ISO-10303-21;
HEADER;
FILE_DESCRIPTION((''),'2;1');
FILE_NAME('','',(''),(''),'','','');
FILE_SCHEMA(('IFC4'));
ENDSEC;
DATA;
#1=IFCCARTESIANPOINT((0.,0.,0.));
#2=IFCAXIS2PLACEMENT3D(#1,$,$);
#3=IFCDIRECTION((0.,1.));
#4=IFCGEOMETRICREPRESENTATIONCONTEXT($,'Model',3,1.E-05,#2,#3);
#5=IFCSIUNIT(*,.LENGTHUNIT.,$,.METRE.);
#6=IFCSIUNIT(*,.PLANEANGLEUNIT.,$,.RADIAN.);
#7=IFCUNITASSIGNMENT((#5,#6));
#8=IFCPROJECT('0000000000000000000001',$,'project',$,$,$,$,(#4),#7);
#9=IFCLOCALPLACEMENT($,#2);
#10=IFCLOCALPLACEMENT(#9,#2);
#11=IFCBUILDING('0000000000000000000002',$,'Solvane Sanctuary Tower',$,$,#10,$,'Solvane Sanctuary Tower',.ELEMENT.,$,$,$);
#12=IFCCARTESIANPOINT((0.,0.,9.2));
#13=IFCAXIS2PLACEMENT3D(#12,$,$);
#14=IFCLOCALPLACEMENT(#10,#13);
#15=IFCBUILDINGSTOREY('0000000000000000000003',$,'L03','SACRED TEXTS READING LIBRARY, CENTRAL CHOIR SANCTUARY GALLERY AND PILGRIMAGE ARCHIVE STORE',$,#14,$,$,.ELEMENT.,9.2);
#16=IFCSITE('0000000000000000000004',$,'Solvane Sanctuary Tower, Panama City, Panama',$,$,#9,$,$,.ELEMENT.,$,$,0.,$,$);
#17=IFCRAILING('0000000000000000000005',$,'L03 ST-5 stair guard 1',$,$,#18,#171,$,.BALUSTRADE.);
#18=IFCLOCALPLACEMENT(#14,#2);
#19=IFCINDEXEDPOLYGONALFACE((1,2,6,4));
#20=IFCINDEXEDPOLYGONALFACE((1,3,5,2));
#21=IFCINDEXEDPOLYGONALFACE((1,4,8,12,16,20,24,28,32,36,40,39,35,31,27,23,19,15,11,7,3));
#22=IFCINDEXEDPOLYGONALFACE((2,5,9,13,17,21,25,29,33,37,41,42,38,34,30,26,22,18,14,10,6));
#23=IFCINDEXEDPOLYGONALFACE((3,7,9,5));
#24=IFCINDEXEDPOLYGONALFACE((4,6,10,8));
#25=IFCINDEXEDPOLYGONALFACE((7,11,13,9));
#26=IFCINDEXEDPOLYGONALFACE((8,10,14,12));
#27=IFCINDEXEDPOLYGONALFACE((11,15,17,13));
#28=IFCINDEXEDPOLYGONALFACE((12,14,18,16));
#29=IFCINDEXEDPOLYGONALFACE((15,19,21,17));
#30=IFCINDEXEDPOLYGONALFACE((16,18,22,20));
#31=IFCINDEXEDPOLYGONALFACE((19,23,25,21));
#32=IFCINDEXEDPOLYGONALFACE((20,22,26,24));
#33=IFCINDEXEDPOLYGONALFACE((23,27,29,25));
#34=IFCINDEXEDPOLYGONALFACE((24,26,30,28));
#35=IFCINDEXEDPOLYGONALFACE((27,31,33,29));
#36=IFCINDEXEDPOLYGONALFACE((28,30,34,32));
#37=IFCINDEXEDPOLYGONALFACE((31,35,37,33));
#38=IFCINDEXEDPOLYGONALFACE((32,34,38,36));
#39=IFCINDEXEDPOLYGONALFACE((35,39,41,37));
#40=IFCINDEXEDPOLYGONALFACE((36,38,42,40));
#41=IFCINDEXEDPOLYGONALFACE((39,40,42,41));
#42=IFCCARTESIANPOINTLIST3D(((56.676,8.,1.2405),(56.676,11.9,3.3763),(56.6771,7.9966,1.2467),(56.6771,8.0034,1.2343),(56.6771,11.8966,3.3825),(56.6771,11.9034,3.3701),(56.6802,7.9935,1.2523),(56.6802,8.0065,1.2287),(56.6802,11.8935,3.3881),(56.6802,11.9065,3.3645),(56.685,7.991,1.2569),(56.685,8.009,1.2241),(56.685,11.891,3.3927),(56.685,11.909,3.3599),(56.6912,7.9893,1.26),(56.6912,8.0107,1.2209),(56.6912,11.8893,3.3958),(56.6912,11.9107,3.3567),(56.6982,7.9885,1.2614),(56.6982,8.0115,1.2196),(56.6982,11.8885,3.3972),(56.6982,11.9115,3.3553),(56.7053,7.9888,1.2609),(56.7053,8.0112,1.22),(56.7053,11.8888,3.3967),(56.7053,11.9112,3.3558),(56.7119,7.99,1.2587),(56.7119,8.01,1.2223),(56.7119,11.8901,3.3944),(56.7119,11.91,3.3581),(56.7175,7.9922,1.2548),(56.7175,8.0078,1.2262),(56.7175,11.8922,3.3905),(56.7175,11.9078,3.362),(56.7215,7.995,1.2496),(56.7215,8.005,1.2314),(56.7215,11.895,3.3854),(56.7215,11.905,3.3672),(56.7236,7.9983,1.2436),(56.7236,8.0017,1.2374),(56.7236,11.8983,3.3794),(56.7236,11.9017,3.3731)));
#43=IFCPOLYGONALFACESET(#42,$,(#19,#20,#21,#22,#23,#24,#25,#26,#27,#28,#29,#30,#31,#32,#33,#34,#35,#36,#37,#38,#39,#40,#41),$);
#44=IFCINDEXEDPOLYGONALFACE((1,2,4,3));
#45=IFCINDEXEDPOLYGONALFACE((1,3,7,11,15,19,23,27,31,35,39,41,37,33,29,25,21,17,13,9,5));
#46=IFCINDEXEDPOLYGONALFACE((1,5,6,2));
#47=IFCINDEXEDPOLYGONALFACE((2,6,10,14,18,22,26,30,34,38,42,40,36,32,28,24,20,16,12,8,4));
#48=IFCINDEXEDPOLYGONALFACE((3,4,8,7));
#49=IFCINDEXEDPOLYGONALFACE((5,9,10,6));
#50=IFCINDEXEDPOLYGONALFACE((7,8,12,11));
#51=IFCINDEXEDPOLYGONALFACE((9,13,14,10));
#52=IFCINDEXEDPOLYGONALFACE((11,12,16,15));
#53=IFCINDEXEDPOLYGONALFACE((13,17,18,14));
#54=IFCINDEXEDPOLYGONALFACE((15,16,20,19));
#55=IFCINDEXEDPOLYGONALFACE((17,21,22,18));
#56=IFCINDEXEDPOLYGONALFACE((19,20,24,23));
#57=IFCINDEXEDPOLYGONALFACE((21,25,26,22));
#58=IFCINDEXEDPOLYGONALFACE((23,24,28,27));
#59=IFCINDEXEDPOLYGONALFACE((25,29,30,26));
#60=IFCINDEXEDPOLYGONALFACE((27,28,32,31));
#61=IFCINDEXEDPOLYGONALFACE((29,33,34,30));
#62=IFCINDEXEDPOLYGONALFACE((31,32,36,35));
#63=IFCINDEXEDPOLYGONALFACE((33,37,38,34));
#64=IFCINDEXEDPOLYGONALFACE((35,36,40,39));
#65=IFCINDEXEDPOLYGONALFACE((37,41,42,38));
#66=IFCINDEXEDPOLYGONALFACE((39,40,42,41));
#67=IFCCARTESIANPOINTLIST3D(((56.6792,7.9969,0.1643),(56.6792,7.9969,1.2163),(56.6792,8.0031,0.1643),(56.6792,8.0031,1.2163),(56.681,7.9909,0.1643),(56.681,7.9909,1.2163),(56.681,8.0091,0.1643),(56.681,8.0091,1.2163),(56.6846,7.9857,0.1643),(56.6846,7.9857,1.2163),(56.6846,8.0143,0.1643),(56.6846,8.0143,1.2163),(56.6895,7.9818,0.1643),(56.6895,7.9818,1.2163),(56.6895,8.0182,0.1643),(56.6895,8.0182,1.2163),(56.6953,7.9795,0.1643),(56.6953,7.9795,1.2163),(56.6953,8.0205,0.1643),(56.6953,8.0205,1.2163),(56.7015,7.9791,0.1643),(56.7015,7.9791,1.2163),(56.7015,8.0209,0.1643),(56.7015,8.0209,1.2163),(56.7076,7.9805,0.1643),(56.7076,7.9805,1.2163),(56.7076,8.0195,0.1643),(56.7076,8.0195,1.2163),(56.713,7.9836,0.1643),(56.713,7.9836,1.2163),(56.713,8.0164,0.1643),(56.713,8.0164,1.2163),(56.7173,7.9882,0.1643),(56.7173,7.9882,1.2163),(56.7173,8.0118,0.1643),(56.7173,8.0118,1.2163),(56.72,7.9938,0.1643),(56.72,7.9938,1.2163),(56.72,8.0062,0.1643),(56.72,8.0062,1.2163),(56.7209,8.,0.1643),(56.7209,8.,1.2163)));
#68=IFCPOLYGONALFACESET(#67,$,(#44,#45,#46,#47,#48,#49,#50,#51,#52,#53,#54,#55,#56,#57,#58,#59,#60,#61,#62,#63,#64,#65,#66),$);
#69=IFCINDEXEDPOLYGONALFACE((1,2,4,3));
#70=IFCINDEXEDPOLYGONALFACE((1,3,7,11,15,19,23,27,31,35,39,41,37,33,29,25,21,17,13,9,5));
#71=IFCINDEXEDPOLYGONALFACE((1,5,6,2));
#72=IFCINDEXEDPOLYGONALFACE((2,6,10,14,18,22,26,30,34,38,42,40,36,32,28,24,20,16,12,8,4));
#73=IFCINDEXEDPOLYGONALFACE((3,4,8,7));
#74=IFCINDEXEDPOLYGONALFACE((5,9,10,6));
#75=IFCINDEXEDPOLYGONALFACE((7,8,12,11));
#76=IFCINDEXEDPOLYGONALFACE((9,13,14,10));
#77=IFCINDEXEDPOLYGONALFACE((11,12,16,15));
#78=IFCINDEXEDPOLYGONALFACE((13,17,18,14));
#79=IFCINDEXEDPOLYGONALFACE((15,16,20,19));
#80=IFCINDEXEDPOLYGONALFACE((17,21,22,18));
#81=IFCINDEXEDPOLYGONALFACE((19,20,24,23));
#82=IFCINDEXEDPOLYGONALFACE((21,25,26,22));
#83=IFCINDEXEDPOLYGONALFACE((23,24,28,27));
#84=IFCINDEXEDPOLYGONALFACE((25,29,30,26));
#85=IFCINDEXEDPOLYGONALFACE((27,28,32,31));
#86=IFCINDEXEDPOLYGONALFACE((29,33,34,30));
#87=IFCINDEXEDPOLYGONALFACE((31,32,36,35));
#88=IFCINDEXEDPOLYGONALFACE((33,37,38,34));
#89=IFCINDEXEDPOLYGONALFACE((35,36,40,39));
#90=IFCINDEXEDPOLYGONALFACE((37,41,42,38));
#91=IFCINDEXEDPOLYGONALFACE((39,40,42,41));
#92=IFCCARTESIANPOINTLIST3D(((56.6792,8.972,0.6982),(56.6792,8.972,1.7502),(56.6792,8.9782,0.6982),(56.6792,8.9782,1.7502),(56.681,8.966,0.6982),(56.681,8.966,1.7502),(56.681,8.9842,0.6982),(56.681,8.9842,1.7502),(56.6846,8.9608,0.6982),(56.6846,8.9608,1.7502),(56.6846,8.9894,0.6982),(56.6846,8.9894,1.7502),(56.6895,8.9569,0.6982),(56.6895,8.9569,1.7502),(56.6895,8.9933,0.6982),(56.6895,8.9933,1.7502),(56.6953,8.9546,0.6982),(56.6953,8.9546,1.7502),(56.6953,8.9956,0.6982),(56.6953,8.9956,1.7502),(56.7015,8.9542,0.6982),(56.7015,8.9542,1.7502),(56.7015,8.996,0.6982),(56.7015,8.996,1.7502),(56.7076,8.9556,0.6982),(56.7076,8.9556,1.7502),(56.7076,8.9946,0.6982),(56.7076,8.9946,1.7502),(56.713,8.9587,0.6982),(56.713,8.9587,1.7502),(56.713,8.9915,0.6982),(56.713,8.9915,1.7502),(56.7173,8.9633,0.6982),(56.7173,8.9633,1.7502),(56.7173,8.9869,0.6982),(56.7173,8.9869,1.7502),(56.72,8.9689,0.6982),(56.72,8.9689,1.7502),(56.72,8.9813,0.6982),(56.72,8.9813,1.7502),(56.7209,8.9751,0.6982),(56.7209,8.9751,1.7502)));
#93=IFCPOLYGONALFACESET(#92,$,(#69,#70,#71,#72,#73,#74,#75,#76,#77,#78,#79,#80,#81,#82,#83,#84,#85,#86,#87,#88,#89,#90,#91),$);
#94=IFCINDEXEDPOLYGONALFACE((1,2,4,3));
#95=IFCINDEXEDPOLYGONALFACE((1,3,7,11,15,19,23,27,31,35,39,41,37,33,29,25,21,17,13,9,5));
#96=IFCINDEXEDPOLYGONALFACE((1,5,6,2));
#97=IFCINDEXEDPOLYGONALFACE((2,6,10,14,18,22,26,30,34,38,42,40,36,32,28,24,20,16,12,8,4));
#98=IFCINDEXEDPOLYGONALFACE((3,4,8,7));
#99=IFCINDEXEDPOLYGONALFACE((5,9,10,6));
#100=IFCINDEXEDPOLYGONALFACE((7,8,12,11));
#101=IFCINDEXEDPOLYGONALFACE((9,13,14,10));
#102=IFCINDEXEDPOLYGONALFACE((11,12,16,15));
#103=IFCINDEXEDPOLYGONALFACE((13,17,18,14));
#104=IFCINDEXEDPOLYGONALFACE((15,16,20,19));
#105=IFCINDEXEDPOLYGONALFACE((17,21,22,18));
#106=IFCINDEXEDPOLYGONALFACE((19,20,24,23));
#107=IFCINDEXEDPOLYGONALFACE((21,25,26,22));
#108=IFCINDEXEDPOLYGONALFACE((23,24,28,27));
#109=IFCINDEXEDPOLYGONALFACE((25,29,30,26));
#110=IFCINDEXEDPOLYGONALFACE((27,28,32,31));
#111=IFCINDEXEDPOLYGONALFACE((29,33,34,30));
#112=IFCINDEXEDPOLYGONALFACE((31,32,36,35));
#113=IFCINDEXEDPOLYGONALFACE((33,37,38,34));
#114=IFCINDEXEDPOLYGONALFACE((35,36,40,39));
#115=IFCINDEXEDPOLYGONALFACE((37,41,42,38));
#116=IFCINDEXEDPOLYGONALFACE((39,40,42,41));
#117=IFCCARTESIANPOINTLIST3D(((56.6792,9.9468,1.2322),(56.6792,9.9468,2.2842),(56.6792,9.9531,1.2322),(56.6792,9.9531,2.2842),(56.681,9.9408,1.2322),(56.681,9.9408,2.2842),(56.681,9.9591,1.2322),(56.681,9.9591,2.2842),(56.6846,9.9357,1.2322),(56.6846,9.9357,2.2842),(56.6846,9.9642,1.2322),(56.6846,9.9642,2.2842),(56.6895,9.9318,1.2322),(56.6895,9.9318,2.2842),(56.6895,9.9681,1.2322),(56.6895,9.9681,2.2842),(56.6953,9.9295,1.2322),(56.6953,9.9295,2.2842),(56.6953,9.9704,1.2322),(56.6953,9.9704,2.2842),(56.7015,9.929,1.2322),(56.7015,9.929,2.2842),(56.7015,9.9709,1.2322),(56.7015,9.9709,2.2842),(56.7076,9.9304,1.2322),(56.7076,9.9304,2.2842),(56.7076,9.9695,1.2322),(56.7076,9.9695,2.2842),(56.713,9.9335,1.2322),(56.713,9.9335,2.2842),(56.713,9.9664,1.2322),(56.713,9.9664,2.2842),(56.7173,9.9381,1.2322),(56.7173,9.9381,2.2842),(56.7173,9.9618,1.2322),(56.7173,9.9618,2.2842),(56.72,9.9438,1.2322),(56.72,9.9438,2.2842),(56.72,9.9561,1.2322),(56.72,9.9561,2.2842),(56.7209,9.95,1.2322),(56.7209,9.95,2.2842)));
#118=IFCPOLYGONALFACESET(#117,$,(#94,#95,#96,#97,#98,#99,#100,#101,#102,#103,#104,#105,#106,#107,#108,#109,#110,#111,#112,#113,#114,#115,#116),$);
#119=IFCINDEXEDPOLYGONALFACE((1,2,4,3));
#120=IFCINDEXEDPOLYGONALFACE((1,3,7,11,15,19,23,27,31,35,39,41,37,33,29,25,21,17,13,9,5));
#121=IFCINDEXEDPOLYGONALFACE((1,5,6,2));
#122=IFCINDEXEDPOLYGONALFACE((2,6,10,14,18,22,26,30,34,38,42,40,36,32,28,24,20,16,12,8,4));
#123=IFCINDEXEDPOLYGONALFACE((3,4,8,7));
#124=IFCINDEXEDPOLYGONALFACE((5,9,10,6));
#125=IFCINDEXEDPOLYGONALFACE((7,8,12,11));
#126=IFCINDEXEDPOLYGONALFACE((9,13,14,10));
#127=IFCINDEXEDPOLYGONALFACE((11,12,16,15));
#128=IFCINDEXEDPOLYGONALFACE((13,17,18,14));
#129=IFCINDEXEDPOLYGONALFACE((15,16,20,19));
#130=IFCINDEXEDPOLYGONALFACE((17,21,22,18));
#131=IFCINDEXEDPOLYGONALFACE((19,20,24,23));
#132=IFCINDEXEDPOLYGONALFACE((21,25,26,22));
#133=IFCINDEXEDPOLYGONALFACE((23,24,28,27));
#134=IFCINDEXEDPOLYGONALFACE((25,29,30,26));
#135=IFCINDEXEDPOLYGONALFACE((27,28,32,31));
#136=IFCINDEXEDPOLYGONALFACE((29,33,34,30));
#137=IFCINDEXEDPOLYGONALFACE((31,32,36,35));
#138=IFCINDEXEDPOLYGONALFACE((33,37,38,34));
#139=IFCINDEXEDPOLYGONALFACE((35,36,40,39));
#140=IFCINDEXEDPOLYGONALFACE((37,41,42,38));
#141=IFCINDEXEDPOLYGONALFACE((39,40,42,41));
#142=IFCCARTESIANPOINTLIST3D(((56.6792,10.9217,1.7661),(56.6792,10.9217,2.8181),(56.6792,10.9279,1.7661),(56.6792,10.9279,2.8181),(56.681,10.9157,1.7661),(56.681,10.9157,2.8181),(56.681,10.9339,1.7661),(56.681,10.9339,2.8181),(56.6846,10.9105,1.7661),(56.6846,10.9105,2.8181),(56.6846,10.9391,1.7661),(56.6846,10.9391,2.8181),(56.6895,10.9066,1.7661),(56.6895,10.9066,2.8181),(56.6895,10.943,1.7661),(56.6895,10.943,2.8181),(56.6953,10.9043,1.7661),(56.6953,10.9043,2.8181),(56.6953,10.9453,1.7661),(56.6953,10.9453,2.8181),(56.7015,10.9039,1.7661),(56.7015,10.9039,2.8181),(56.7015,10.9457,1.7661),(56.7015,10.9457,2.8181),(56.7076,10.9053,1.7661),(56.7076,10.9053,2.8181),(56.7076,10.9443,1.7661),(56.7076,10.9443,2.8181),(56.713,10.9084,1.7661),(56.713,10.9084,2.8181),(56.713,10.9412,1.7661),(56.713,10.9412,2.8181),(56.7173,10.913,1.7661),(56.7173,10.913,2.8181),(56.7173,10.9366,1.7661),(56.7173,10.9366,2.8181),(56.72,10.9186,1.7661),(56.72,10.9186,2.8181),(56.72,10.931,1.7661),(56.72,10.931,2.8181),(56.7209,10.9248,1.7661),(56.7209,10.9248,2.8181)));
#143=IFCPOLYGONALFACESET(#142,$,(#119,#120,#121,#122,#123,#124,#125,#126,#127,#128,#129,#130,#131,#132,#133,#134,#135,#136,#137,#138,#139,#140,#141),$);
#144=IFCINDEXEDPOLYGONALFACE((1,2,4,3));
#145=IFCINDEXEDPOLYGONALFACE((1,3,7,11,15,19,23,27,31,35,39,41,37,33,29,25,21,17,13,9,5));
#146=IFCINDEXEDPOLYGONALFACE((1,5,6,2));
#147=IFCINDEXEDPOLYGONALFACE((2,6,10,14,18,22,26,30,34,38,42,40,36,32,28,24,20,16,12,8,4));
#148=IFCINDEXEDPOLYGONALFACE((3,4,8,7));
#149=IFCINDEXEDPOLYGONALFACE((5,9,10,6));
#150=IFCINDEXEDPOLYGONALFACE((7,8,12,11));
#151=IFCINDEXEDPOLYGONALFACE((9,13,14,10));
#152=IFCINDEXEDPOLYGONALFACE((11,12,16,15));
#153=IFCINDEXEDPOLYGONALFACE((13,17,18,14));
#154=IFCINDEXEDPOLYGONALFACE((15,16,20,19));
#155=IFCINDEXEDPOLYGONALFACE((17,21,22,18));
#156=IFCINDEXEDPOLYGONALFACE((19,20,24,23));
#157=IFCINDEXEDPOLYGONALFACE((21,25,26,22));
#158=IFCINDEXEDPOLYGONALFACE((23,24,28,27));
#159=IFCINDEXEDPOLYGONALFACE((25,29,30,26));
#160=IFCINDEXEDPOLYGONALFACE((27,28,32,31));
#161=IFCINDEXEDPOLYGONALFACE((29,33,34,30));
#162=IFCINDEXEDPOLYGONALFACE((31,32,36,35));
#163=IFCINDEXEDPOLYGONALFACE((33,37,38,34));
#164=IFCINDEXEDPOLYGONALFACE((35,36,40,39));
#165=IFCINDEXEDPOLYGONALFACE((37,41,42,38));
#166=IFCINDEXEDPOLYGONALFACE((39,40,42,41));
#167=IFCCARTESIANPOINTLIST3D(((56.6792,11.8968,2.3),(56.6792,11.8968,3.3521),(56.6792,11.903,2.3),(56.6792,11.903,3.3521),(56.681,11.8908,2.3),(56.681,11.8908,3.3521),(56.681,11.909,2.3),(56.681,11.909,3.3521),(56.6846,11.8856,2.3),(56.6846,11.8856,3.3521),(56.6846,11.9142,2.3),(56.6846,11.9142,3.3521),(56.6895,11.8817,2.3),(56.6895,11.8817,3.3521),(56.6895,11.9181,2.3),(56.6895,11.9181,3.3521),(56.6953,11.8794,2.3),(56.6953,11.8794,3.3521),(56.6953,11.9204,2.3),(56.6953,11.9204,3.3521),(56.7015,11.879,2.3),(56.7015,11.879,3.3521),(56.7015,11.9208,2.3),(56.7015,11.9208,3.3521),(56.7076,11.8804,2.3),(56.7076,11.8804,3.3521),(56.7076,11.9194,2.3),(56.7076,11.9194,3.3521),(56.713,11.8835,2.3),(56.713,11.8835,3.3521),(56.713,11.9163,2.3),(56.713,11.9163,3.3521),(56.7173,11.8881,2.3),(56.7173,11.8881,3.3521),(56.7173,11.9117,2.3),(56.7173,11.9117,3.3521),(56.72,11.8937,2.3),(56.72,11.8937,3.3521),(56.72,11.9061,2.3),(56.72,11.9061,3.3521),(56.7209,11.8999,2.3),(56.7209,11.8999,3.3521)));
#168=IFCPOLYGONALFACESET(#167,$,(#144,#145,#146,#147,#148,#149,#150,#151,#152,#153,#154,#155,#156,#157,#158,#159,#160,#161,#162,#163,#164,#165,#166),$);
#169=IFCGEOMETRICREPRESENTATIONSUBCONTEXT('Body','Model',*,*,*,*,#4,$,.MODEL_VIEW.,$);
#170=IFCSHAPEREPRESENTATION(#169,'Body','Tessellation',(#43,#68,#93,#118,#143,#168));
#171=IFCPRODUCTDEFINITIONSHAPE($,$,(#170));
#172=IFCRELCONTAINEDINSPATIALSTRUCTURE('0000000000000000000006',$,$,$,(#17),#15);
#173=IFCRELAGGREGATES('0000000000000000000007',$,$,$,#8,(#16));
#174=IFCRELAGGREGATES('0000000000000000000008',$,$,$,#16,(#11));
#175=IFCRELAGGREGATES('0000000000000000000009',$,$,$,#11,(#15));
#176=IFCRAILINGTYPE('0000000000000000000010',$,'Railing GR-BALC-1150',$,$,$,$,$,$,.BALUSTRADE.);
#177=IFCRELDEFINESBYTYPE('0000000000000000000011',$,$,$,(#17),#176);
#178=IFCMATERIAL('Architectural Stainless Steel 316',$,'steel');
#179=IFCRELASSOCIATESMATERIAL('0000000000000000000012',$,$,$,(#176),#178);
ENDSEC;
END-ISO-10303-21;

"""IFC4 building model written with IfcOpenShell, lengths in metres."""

from ifc_helpers import new_model, si_unit, direction, frame, origin, origin_2d, place, context, subcontext, project, spatial, circle, extrude, material, type_object, element, save


model = new_model("IFC4")

# Units and contexts
model_context = context("Model", 3, precision=1e-05, world=origin(), true_north=direction((0.0, 1.0)))
body_context = subcontext(model_context, "Body", "Model", "MODEL_VIEW")
ifc_project = project(units=[si_unit("LENGTHUNIT", "METRE"), si_unit("PLANEANGLEUNIT", "RADIAN")], contexts=[model_context])

# Site, building, storey
site_placement = place(None, origin())
site = spatial("IfcSite", under=ifc_project, at=site_placement, Name="Solvane Sanctuary Tower, Panama City, Panama", CompositionType="ELEMENT", RefElevation=0.0)
building_placement = place(site_placement, origin())
building = spatial("IfcBuilding", under=site, at=building_placement, Name="Solvane Sanctuary Tower", LongName="Solvane Sanctuary Tower", CompositionType="ELEMENT")
storey_placement = place(building_placement, frame((0.0, 0.0, 9.2)))
storey = spatial("IfcBuildingStorey", under=building, at=storey_placement, Name="L03", Description="SACRED TEXTS READING LIBRARY, CENTRAL CHOIR SANCTUARY GALLERY AND PILGRIMAGE ARCHIVE STORE", CompositionType="ELEMENT", Elevation=9.2)

# Shared definitions
ifc_material_1 = material(Name="Architectural Stainless Steel 316", Category="steel")

# Railing
railing_type_1 = type_object("IfcRailingType", Name="Railing GR-BALC-1150", PredefinedType="BALUSTRADE", material=ifc_material_1)
railing_1_placement = place(storey_placement, frame((56.7, 8.0, 0.1643)))
element("IfcRailing", 1, at=railing_1_placement, inside=storey, type_object=railing_type_1, Name="L03 ST-5 stair guard 1", PredefinedType="BALUSTRADE", context=body_context, shape_type="SweptSolid", body=[
    extrude(circle(Radius=0.0239, at=origin_2d()), frame((0.0, 0.0, 1.0762), z_axis=(0.0, 0.877089, 0.480329), x_axis=(-1.0, 0.0, 0.0)), (0.0, 0.0, 1.0), 4.4465),
    extrude(circle(Radius=0.021, at=origin_2d()), origin(), (0.0, 0.0, 1.0), 1.052),
    extrude(circle(Radius=0.021, at=origin_2d()), frame((0.0, 0.9751, 0.5339)), (0.0, 0.0, 1.0), 1.052),
    extrude(circle(Radius=0.021, at=origin_2d()), frame((0.0, 1.95, 1.0679)), (0.0, 0.0, 1.0), 1.052),
    extrude(circle(Radius=0.021, at=origin_2d()), frame((0.0, 2.9248, 1.6018)), (0.0, 0.0, 1.0), 1.052),
    extrude(circle(Radius=0.021, at=origin_2d()), frame((0.0, 3.8999, 2.1357)), (0.0, 0.0, 1.0), 1.052),
])

save(model, "model.ifc")
